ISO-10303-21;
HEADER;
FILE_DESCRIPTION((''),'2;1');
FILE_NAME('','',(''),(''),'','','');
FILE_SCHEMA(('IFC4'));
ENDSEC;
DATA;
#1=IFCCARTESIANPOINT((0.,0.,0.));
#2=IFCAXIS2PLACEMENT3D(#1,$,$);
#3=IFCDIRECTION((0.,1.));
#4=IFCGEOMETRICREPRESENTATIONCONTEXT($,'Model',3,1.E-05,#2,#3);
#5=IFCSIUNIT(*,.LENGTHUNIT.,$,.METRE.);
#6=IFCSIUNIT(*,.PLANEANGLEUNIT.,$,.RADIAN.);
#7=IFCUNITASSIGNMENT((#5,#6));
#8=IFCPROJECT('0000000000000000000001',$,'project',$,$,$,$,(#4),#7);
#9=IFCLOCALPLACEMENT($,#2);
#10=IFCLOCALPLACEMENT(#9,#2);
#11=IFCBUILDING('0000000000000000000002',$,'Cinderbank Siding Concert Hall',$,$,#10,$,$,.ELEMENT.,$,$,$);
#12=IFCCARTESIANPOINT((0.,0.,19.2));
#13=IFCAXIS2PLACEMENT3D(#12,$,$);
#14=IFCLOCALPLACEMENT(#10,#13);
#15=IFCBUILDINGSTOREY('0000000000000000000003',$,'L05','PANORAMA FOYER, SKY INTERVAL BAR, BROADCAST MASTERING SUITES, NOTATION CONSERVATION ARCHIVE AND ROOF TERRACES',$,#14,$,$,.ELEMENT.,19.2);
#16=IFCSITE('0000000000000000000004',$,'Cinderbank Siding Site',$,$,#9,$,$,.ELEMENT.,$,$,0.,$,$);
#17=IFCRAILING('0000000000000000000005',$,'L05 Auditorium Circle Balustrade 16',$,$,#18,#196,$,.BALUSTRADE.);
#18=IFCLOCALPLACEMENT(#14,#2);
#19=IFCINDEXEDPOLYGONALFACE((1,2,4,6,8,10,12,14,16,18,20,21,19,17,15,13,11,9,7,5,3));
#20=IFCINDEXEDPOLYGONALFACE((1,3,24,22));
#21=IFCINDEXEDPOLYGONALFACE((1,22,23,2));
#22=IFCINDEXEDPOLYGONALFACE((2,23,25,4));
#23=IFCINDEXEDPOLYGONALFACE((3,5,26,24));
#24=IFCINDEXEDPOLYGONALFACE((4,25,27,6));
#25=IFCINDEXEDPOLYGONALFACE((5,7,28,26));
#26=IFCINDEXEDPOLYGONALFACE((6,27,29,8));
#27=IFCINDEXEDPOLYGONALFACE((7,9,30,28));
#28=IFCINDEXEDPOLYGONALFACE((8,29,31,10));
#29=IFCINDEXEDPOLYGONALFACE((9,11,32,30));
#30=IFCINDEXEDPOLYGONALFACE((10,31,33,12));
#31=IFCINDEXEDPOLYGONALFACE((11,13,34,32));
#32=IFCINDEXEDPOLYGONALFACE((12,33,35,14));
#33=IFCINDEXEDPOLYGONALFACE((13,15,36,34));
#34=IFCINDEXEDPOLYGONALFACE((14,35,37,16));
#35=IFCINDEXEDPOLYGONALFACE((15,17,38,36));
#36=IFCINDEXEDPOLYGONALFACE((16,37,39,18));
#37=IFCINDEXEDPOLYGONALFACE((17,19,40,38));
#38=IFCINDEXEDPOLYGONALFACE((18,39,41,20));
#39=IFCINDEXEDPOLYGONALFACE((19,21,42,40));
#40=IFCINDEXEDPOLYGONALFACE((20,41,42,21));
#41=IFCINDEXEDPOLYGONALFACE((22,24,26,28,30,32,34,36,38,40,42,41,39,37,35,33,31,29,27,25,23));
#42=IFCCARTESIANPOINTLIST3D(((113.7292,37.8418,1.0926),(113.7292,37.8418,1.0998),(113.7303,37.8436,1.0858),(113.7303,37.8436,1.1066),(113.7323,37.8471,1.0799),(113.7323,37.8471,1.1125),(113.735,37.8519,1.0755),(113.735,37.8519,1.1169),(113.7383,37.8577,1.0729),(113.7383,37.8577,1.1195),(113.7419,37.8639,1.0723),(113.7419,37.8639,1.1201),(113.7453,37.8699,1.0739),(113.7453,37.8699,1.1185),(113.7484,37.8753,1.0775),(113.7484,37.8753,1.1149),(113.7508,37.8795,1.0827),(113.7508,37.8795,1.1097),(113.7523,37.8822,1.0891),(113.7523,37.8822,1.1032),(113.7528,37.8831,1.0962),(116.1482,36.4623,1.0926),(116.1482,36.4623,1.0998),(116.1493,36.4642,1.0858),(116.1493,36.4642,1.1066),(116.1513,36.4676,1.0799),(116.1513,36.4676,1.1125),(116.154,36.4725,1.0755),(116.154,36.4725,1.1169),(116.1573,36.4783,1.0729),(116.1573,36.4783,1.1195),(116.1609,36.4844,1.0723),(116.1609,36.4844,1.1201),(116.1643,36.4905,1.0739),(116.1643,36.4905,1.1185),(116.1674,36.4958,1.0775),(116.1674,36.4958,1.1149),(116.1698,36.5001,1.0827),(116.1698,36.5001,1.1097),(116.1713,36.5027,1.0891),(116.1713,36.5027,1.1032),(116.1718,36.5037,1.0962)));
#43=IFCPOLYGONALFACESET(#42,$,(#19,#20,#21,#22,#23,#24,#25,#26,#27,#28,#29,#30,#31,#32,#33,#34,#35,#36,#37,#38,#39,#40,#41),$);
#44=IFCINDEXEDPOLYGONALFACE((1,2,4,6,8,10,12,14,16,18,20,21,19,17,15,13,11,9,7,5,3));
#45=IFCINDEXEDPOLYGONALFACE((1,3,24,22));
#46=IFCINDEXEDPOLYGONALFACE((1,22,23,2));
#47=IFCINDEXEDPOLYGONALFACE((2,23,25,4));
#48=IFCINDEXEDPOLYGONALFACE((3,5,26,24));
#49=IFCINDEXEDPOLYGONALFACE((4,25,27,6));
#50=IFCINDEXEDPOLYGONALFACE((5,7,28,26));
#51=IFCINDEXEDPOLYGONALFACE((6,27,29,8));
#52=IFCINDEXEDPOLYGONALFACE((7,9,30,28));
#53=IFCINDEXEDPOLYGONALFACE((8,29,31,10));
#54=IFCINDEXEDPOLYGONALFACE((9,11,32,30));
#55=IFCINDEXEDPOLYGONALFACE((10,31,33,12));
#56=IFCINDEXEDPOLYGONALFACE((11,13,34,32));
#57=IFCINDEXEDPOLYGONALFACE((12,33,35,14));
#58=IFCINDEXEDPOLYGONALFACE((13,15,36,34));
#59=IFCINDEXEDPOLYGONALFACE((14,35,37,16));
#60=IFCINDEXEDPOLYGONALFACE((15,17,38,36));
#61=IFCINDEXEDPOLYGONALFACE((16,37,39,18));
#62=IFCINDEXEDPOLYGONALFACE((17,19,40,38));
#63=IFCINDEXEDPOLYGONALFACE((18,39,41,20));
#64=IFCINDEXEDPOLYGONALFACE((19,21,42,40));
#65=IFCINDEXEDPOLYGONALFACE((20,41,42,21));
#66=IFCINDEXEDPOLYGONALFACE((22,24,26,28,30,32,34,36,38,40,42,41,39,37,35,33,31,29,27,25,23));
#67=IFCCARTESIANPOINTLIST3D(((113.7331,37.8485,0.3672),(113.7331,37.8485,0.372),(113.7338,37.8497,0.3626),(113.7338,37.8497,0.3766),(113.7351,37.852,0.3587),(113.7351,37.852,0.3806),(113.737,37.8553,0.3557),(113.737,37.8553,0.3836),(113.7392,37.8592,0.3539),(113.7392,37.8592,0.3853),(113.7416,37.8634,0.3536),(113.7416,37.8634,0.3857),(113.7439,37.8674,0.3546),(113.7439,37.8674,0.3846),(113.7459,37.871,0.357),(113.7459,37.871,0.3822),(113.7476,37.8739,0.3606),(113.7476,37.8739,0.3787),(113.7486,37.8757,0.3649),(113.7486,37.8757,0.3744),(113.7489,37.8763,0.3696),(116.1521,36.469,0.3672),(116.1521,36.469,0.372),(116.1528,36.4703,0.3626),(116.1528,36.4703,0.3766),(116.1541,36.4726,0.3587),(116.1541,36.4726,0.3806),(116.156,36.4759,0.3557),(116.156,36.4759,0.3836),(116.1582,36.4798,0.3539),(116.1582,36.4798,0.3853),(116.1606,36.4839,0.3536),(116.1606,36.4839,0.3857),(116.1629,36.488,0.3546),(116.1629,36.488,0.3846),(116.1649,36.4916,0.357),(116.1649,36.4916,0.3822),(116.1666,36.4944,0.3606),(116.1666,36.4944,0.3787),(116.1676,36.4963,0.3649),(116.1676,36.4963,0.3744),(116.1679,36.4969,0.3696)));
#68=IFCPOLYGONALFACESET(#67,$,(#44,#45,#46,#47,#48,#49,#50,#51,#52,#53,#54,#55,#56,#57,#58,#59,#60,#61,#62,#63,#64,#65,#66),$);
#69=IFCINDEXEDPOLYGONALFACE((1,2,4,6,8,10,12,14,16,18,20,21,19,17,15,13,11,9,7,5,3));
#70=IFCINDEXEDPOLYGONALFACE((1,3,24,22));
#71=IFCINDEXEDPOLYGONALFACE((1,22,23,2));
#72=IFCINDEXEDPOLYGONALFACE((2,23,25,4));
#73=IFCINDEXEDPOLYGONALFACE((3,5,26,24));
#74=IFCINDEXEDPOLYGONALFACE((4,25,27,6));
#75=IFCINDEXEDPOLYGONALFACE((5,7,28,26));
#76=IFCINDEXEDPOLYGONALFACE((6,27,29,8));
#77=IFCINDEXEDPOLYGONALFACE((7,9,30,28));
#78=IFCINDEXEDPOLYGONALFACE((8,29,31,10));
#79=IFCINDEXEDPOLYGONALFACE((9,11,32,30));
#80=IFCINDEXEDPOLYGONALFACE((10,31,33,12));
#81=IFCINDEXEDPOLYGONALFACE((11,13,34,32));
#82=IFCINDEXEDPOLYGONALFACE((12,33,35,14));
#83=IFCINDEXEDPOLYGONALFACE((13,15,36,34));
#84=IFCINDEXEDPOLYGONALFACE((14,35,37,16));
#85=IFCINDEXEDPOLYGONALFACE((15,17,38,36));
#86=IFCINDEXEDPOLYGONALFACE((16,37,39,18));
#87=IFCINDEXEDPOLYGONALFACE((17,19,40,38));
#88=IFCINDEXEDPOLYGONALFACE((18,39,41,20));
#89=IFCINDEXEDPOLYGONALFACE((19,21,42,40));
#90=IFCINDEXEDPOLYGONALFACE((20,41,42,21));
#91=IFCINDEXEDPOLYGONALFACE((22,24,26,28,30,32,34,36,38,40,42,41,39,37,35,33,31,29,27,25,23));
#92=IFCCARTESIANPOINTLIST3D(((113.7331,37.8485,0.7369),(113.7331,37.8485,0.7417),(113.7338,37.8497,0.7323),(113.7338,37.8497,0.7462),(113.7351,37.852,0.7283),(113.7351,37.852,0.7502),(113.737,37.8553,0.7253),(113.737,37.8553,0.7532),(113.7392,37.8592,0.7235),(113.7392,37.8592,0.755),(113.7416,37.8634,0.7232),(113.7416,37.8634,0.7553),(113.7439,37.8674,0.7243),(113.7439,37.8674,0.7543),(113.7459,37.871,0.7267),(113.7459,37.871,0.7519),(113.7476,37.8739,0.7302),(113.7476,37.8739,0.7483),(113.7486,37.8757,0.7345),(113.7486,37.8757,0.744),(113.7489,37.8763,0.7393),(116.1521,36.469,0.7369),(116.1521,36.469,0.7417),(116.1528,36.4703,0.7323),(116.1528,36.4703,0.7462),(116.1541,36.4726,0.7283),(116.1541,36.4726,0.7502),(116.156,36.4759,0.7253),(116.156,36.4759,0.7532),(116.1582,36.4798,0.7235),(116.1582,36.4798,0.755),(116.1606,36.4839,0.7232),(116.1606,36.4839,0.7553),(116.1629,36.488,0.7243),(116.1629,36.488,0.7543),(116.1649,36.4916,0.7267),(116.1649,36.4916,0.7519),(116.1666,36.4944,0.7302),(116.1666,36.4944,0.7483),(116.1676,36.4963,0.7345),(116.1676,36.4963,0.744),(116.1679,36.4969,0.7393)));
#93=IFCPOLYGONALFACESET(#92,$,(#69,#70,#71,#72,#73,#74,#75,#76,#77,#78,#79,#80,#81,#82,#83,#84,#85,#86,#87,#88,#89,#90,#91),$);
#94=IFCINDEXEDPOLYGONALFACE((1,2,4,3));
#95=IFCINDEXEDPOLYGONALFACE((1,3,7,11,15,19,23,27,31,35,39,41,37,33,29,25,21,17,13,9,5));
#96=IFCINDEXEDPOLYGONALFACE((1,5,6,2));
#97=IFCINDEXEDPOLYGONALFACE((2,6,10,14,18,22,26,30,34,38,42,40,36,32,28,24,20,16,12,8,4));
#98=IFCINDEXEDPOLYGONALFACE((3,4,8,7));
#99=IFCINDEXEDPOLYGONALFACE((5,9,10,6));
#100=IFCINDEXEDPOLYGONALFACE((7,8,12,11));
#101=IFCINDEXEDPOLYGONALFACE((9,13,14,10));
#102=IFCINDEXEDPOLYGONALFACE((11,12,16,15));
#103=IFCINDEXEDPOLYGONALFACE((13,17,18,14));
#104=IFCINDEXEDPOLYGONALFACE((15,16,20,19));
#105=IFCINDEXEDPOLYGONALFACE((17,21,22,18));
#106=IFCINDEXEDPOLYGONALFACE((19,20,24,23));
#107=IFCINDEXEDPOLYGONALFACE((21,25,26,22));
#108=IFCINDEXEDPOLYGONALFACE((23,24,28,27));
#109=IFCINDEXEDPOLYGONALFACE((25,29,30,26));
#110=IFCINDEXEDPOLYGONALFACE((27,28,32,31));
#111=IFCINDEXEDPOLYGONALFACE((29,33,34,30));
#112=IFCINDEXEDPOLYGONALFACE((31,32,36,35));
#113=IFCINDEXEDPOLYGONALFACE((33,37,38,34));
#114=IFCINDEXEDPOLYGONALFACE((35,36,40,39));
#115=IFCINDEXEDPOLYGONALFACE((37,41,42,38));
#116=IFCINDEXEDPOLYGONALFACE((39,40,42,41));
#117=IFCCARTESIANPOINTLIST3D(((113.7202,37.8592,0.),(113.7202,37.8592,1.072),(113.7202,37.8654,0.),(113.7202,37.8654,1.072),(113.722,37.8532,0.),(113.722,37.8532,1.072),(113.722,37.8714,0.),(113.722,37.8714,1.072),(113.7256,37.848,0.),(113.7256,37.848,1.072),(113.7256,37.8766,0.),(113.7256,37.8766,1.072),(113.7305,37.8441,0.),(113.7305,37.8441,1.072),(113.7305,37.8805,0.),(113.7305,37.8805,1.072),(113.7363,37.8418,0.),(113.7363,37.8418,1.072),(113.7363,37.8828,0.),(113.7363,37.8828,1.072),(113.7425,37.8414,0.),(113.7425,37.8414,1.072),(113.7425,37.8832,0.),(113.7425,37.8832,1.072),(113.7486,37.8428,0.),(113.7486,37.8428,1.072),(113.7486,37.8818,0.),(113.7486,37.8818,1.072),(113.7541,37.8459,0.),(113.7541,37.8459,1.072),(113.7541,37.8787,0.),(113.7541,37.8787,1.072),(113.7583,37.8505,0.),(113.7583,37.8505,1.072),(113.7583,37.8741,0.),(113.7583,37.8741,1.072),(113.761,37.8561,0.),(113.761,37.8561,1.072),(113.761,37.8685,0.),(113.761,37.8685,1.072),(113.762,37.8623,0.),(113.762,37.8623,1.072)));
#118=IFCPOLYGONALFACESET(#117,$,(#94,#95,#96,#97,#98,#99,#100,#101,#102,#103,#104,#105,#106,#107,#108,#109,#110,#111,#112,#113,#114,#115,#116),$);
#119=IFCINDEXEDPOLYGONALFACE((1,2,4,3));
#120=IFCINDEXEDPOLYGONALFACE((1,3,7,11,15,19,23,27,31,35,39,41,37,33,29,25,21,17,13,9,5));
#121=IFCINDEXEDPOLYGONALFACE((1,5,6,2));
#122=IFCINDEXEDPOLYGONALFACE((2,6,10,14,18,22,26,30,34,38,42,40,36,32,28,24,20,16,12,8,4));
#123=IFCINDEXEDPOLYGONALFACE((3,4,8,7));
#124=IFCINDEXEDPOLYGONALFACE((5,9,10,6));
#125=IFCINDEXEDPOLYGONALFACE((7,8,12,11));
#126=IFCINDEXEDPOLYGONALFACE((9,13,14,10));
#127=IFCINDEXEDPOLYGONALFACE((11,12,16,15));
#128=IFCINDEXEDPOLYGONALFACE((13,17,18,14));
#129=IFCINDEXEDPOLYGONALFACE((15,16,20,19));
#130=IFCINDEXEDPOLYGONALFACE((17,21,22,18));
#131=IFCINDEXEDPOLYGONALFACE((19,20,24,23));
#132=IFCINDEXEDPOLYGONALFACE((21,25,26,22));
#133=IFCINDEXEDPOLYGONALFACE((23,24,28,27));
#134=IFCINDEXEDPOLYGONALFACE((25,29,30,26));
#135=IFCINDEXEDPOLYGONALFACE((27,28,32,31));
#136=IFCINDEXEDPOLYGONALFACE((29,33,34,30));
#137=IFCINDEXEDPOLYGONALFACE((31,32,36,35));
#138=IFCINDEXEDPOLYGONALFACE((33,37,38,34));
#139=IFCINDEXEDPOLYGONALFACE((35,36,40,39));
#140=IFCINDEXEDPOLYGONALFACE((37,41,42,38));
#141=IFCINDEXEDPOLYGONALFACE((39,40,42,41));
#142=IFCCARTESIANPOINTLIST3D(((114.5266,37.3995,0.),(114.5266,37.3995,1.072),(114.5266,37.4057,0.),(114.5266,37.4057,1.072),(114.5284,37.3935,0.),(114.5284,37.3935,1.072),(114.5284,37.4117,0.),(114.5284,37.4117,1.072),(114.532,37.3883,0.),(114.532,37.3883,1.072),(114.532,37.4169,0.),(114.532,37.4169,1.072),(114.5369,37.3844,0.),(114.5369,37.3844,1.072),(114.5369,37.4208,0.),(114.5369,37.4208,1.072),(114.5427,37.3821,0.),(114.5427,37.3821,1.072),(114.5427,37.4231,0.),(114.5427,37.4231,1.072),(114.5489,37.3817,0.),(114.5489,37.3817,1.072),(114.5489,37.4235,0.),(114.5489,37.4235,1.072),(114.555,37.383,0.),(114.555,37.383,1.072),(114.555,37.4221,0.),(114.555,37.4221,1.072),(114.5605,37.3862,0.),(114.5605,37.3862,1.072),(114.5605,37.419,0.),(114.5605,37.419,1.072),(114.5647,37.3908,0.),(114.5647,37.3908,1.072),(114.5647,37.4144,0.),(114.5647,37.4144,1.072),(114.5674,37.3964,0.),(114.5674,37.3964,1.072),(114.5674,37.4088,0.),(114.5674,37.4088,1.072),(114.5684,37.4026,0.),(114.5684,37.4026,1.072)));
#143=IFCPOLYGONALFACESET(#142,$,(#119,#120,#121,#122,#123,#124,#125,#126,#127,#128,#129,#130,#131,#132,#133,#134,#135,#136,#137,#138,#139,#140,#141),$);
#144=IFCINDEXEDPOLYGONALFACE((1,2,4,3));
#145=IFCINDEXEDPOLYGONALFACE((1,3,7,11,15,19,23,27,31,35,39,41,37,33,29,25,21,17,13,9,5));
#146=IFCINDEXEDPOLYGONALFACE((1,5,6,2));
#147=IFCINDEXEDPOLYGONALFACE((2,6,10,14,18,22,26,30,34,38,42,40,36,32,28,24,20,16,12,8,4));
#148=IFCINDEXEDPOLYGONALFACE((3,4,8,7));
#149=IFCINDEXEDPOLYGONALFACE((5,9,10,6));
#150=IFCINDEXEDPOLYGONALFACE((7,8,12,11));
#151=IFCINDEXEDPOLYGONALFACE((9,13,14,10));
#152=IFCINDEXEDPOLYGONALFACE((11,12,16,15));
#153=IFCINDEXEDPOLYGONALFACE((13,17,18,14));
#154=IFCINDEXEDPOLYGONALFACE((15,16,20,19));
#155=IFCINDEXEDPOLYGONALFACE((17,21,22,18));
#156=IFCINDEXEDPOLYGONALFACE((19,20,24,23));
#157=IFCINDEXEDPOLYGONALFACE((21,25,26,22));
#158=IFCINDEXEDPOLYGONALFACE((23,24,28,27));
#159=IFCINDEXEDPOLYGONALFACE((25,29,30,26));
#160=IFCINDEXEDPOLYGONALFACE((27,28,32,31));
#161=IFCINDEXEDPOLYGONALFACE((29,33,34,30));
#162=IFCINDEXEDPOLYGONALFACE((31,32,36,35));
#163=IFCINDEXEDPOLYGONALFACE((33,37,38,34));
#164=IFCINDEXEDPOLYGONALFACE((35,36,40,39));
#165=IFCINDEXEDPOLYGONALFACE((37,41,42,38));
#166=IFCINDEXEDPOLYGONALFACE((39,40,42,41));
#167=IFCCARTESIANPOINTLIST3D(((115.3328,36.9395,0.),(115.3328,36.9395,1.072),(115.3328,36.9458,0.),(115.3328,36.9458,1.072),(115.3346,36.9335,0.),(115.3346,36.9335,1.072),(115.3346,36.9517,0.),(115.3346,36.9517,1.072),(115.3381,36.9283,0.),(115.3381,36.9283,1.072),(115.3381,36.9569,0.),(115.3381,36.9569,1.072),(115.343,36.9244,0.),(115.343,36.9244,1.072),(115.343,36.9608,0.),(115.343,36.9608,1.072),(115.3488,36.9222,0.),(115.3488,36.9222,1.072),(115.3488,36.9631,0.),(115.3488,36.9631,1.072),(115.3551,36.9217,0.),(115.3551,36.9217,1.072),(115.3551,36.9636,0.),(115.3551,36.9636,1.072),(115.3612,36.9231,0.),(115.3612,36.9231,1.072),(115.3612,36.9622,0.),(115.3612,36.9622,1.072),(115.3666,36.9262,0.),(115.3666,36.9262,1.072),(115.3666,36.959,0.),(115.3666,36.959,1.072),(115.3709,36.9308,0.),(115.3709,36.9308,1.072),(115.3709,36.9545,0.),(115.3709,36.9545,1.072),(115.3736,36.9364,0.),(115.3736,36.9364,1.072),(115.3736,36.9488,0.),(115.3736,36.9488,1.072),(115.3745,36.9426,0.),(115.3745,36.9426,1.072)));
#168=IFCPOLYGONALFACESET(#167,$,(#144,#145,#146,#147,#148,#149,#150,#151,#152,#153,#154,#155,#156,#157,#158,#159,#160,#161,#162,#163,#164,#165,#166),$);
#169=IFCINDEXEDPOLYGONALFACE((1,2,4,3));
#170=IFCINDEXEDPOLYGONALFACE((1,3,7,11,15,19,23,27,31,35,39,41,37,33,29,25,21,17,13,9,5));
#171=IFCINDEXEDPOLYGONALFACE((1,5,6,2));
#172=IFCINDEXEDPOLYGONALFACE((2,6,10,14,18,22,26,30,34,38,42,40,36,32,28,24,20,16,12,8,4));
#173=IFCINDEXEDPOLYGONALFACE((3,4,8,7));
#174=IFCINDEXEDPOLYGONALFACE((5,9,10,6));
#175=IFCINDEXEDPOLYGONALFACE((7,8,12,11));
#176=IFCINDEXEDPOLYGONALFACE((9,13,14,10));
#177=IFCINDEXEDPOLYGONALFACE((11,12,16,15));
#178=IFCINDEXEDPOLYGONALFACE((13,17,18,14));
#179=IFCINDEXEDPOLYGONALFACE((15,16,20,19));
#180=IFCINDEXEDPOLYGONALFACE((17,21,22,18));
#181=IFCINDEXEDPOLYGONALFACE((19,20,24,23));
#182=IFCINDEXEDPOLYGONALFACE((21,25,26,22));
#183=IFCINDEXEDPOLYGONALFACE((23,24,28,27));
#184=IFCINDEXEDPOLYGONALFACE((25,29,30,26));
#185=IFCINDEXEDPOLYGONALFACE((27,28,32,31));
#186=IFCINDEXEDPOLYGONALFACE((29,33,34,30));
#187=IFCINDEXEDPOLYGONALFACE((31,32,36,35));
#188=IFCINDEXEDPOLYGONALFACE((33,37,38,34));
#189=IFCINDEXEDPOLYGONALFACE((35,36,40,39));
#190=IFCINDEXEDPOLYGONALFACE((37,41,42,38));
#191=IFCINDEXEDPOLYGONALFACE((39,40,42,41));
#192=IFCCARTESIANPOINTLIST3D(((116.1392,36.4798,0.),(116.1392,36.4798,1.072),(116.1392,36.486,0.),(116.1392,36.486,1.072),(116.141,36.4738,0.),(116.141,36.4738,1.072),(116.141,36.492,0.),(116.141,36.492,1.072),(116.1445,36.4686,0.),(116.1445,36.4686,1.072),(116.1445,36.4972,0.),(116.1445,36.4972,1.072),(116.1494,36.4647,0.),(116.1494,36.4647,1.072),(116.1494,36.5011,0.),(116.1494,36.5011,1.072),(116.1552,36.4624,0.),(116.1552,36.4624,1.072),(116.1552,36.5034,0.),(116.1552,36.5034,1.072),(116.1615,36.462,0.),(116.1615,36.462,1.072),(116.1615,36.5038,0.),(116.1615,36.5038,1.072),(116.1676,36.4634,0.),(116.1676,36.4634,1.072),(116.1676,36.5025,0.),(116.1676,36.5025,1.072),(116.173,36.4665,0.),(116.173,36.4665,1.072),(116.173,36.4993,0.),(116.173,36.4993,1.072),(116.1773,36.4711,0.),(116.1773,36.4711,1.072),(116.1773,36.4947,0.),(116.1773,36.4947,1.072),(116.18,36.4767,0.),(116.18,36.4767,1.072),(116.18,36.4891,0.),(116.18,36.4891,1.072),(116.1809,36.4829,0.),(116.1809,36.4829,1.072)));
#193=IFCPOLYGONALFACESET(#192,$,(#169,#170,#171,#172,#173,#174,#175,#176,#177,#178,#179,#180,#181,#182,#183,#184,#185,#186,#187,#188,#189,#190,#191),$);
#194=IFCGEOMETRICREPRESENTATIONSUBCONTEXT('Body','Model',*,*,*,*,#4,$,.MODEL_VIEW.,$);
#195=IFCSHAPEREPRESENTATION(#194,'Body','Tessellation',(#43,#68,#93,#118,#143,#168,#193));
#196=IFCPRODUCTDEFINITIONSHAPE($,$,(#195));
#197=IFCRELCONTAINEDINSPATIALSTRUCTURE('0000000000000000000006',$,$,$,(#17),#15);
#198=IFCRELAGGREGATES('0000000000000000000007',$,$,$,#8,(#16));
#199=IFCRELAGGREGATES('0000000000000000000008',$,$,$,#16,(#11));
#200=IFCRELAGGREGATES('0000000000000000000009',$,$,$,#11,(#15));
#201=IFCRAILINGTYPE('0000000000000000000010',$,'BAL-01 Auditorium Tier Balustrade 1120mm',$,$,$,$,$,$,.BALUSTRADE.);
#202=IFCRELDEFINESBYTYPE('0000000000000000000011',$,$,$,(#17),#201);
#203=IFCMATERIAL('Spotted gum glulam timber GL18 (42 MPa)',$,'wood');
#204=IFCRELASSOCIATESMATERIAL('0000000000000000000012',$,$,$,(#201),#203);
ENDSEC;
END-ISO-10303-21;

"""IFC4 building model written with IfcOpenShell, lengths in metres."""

from ifc_helpers import new_model, si_unit, direction, frame, origin, origin_2d, place, context, subcontext, project, spatial, circle, extrude, material, type_object, element, save


model = new_model("IFC4")

# Units and contexts
model_context = context("Model", 3, precision=1e-05, world=origin(), true_north=direction((0.0, 1.0)))
body_context = subcontext(model_context, "Body", "Model", "MODEL_VIEW")
ifc_project = project(units=[si_unit("LENGTHUNIT", "METRE"), si_unit("PLANEANGLEUNIT", "RADIAN")], contexts=[model_context])

# Site, building, storey
site_placement = place(None, origin())
site = spatial("IfcSite", under=ifc_project, at=site_placement, Name="Cinderbank Siding Site", CompositionType="ELEMENT", RefElevation=0.0)
building_placement = place(site_placement, origin())
building = spatial("IfcBuilding", under=site, at=building_placement, Name="Cinderbank Siding Concert Hall", CompositionType="ELEMENT")
storey_placement = place(building_placement, frame((0.0, 0.0, 19.2)))
storey = spatial("IfcBuildingStorey", under=building, at=storey_placement, Name="L05", Description="PANORAMA FOYER, SKY INTERVAL BAR, BROADCAST MASTERING SUITES, NOTATION CONSERVATION ARCHIVE AND ROOF TERRACES", CompositionType="ELEMENT", Elevation=19.2)

# Railing
ifc_material_1 = material(Name="Spotted gum glulam timber GL18 (42 MPa)", Category="wood")
railing_type = type_object("IfcRailingType", Name="BAL-01 Auditorium Tier Balustrade 1120mm", PredefinedType="BALUSTRADE", material=ifc_material_1)
railing_1_placement = place(storey_placement, frame((113.741, 37.8623, 0.0)))
element("IfcRailing", 1, at=railing_1_placement, inside=storey, type_object=railing_type, Name="L05 Auditorium Circle Balustrade 16", PredefinedType="BALUSTRADE", context=body_context, shape_type="SweptSolid", body=[
    extrude(circle(Radius=0.0239, at=origin_2d()), frame((0.0, 0.0, 1.0962), z_axis=(0.868685, -0.495365, 0.0), x_axis=(0.495365, 0.868685, 0.0)), (0.0, 0.0, 1.0), 2.7847),
    extrude(circle(Radius=0.0161, at=origin_2d()), frame((0.0, 0.0, 0.3696), z_axis=(0.868685, -0.495365, 0.0), x_axis=(0.495365, 0.868685, 0.0)), (0.0, 0.0, 1.0), 2.7847),
    extrude(circle(Radius=0.0161, at=origin_2d()), frame((0.0, 0.0, 0.7393), z_axis=(0.868685, -0.495365, 0.0), x_axis=(0.495365, 0.868685, 0.0)), (0.0, 0.0, 1.0), 2.7847),
    extrude(circle(Radius=0.021, at=origin_2d()), origin(), (0.0, 0.0, 1.0), 1.072),
    extrude(circle(Radius=0.021, at=origin_2d()), frame((0.8064, -0.4597, 0.0)), (0.0, 0.0, 1.0), 1.072),
    extrude(circle(Radius=0.021, at=origin_2d()), frame((1.6125, -0.9197, 0.0)), (0.0, 0.0, 1.0), 1.072),
    extrude(circle(Radius=0.021, at=origin_2d()), frame((2.4189, -1.3794, 0.0)), (0.0, 0.0, 1.0), 1.072),
])

save(model, "model.ifc")
